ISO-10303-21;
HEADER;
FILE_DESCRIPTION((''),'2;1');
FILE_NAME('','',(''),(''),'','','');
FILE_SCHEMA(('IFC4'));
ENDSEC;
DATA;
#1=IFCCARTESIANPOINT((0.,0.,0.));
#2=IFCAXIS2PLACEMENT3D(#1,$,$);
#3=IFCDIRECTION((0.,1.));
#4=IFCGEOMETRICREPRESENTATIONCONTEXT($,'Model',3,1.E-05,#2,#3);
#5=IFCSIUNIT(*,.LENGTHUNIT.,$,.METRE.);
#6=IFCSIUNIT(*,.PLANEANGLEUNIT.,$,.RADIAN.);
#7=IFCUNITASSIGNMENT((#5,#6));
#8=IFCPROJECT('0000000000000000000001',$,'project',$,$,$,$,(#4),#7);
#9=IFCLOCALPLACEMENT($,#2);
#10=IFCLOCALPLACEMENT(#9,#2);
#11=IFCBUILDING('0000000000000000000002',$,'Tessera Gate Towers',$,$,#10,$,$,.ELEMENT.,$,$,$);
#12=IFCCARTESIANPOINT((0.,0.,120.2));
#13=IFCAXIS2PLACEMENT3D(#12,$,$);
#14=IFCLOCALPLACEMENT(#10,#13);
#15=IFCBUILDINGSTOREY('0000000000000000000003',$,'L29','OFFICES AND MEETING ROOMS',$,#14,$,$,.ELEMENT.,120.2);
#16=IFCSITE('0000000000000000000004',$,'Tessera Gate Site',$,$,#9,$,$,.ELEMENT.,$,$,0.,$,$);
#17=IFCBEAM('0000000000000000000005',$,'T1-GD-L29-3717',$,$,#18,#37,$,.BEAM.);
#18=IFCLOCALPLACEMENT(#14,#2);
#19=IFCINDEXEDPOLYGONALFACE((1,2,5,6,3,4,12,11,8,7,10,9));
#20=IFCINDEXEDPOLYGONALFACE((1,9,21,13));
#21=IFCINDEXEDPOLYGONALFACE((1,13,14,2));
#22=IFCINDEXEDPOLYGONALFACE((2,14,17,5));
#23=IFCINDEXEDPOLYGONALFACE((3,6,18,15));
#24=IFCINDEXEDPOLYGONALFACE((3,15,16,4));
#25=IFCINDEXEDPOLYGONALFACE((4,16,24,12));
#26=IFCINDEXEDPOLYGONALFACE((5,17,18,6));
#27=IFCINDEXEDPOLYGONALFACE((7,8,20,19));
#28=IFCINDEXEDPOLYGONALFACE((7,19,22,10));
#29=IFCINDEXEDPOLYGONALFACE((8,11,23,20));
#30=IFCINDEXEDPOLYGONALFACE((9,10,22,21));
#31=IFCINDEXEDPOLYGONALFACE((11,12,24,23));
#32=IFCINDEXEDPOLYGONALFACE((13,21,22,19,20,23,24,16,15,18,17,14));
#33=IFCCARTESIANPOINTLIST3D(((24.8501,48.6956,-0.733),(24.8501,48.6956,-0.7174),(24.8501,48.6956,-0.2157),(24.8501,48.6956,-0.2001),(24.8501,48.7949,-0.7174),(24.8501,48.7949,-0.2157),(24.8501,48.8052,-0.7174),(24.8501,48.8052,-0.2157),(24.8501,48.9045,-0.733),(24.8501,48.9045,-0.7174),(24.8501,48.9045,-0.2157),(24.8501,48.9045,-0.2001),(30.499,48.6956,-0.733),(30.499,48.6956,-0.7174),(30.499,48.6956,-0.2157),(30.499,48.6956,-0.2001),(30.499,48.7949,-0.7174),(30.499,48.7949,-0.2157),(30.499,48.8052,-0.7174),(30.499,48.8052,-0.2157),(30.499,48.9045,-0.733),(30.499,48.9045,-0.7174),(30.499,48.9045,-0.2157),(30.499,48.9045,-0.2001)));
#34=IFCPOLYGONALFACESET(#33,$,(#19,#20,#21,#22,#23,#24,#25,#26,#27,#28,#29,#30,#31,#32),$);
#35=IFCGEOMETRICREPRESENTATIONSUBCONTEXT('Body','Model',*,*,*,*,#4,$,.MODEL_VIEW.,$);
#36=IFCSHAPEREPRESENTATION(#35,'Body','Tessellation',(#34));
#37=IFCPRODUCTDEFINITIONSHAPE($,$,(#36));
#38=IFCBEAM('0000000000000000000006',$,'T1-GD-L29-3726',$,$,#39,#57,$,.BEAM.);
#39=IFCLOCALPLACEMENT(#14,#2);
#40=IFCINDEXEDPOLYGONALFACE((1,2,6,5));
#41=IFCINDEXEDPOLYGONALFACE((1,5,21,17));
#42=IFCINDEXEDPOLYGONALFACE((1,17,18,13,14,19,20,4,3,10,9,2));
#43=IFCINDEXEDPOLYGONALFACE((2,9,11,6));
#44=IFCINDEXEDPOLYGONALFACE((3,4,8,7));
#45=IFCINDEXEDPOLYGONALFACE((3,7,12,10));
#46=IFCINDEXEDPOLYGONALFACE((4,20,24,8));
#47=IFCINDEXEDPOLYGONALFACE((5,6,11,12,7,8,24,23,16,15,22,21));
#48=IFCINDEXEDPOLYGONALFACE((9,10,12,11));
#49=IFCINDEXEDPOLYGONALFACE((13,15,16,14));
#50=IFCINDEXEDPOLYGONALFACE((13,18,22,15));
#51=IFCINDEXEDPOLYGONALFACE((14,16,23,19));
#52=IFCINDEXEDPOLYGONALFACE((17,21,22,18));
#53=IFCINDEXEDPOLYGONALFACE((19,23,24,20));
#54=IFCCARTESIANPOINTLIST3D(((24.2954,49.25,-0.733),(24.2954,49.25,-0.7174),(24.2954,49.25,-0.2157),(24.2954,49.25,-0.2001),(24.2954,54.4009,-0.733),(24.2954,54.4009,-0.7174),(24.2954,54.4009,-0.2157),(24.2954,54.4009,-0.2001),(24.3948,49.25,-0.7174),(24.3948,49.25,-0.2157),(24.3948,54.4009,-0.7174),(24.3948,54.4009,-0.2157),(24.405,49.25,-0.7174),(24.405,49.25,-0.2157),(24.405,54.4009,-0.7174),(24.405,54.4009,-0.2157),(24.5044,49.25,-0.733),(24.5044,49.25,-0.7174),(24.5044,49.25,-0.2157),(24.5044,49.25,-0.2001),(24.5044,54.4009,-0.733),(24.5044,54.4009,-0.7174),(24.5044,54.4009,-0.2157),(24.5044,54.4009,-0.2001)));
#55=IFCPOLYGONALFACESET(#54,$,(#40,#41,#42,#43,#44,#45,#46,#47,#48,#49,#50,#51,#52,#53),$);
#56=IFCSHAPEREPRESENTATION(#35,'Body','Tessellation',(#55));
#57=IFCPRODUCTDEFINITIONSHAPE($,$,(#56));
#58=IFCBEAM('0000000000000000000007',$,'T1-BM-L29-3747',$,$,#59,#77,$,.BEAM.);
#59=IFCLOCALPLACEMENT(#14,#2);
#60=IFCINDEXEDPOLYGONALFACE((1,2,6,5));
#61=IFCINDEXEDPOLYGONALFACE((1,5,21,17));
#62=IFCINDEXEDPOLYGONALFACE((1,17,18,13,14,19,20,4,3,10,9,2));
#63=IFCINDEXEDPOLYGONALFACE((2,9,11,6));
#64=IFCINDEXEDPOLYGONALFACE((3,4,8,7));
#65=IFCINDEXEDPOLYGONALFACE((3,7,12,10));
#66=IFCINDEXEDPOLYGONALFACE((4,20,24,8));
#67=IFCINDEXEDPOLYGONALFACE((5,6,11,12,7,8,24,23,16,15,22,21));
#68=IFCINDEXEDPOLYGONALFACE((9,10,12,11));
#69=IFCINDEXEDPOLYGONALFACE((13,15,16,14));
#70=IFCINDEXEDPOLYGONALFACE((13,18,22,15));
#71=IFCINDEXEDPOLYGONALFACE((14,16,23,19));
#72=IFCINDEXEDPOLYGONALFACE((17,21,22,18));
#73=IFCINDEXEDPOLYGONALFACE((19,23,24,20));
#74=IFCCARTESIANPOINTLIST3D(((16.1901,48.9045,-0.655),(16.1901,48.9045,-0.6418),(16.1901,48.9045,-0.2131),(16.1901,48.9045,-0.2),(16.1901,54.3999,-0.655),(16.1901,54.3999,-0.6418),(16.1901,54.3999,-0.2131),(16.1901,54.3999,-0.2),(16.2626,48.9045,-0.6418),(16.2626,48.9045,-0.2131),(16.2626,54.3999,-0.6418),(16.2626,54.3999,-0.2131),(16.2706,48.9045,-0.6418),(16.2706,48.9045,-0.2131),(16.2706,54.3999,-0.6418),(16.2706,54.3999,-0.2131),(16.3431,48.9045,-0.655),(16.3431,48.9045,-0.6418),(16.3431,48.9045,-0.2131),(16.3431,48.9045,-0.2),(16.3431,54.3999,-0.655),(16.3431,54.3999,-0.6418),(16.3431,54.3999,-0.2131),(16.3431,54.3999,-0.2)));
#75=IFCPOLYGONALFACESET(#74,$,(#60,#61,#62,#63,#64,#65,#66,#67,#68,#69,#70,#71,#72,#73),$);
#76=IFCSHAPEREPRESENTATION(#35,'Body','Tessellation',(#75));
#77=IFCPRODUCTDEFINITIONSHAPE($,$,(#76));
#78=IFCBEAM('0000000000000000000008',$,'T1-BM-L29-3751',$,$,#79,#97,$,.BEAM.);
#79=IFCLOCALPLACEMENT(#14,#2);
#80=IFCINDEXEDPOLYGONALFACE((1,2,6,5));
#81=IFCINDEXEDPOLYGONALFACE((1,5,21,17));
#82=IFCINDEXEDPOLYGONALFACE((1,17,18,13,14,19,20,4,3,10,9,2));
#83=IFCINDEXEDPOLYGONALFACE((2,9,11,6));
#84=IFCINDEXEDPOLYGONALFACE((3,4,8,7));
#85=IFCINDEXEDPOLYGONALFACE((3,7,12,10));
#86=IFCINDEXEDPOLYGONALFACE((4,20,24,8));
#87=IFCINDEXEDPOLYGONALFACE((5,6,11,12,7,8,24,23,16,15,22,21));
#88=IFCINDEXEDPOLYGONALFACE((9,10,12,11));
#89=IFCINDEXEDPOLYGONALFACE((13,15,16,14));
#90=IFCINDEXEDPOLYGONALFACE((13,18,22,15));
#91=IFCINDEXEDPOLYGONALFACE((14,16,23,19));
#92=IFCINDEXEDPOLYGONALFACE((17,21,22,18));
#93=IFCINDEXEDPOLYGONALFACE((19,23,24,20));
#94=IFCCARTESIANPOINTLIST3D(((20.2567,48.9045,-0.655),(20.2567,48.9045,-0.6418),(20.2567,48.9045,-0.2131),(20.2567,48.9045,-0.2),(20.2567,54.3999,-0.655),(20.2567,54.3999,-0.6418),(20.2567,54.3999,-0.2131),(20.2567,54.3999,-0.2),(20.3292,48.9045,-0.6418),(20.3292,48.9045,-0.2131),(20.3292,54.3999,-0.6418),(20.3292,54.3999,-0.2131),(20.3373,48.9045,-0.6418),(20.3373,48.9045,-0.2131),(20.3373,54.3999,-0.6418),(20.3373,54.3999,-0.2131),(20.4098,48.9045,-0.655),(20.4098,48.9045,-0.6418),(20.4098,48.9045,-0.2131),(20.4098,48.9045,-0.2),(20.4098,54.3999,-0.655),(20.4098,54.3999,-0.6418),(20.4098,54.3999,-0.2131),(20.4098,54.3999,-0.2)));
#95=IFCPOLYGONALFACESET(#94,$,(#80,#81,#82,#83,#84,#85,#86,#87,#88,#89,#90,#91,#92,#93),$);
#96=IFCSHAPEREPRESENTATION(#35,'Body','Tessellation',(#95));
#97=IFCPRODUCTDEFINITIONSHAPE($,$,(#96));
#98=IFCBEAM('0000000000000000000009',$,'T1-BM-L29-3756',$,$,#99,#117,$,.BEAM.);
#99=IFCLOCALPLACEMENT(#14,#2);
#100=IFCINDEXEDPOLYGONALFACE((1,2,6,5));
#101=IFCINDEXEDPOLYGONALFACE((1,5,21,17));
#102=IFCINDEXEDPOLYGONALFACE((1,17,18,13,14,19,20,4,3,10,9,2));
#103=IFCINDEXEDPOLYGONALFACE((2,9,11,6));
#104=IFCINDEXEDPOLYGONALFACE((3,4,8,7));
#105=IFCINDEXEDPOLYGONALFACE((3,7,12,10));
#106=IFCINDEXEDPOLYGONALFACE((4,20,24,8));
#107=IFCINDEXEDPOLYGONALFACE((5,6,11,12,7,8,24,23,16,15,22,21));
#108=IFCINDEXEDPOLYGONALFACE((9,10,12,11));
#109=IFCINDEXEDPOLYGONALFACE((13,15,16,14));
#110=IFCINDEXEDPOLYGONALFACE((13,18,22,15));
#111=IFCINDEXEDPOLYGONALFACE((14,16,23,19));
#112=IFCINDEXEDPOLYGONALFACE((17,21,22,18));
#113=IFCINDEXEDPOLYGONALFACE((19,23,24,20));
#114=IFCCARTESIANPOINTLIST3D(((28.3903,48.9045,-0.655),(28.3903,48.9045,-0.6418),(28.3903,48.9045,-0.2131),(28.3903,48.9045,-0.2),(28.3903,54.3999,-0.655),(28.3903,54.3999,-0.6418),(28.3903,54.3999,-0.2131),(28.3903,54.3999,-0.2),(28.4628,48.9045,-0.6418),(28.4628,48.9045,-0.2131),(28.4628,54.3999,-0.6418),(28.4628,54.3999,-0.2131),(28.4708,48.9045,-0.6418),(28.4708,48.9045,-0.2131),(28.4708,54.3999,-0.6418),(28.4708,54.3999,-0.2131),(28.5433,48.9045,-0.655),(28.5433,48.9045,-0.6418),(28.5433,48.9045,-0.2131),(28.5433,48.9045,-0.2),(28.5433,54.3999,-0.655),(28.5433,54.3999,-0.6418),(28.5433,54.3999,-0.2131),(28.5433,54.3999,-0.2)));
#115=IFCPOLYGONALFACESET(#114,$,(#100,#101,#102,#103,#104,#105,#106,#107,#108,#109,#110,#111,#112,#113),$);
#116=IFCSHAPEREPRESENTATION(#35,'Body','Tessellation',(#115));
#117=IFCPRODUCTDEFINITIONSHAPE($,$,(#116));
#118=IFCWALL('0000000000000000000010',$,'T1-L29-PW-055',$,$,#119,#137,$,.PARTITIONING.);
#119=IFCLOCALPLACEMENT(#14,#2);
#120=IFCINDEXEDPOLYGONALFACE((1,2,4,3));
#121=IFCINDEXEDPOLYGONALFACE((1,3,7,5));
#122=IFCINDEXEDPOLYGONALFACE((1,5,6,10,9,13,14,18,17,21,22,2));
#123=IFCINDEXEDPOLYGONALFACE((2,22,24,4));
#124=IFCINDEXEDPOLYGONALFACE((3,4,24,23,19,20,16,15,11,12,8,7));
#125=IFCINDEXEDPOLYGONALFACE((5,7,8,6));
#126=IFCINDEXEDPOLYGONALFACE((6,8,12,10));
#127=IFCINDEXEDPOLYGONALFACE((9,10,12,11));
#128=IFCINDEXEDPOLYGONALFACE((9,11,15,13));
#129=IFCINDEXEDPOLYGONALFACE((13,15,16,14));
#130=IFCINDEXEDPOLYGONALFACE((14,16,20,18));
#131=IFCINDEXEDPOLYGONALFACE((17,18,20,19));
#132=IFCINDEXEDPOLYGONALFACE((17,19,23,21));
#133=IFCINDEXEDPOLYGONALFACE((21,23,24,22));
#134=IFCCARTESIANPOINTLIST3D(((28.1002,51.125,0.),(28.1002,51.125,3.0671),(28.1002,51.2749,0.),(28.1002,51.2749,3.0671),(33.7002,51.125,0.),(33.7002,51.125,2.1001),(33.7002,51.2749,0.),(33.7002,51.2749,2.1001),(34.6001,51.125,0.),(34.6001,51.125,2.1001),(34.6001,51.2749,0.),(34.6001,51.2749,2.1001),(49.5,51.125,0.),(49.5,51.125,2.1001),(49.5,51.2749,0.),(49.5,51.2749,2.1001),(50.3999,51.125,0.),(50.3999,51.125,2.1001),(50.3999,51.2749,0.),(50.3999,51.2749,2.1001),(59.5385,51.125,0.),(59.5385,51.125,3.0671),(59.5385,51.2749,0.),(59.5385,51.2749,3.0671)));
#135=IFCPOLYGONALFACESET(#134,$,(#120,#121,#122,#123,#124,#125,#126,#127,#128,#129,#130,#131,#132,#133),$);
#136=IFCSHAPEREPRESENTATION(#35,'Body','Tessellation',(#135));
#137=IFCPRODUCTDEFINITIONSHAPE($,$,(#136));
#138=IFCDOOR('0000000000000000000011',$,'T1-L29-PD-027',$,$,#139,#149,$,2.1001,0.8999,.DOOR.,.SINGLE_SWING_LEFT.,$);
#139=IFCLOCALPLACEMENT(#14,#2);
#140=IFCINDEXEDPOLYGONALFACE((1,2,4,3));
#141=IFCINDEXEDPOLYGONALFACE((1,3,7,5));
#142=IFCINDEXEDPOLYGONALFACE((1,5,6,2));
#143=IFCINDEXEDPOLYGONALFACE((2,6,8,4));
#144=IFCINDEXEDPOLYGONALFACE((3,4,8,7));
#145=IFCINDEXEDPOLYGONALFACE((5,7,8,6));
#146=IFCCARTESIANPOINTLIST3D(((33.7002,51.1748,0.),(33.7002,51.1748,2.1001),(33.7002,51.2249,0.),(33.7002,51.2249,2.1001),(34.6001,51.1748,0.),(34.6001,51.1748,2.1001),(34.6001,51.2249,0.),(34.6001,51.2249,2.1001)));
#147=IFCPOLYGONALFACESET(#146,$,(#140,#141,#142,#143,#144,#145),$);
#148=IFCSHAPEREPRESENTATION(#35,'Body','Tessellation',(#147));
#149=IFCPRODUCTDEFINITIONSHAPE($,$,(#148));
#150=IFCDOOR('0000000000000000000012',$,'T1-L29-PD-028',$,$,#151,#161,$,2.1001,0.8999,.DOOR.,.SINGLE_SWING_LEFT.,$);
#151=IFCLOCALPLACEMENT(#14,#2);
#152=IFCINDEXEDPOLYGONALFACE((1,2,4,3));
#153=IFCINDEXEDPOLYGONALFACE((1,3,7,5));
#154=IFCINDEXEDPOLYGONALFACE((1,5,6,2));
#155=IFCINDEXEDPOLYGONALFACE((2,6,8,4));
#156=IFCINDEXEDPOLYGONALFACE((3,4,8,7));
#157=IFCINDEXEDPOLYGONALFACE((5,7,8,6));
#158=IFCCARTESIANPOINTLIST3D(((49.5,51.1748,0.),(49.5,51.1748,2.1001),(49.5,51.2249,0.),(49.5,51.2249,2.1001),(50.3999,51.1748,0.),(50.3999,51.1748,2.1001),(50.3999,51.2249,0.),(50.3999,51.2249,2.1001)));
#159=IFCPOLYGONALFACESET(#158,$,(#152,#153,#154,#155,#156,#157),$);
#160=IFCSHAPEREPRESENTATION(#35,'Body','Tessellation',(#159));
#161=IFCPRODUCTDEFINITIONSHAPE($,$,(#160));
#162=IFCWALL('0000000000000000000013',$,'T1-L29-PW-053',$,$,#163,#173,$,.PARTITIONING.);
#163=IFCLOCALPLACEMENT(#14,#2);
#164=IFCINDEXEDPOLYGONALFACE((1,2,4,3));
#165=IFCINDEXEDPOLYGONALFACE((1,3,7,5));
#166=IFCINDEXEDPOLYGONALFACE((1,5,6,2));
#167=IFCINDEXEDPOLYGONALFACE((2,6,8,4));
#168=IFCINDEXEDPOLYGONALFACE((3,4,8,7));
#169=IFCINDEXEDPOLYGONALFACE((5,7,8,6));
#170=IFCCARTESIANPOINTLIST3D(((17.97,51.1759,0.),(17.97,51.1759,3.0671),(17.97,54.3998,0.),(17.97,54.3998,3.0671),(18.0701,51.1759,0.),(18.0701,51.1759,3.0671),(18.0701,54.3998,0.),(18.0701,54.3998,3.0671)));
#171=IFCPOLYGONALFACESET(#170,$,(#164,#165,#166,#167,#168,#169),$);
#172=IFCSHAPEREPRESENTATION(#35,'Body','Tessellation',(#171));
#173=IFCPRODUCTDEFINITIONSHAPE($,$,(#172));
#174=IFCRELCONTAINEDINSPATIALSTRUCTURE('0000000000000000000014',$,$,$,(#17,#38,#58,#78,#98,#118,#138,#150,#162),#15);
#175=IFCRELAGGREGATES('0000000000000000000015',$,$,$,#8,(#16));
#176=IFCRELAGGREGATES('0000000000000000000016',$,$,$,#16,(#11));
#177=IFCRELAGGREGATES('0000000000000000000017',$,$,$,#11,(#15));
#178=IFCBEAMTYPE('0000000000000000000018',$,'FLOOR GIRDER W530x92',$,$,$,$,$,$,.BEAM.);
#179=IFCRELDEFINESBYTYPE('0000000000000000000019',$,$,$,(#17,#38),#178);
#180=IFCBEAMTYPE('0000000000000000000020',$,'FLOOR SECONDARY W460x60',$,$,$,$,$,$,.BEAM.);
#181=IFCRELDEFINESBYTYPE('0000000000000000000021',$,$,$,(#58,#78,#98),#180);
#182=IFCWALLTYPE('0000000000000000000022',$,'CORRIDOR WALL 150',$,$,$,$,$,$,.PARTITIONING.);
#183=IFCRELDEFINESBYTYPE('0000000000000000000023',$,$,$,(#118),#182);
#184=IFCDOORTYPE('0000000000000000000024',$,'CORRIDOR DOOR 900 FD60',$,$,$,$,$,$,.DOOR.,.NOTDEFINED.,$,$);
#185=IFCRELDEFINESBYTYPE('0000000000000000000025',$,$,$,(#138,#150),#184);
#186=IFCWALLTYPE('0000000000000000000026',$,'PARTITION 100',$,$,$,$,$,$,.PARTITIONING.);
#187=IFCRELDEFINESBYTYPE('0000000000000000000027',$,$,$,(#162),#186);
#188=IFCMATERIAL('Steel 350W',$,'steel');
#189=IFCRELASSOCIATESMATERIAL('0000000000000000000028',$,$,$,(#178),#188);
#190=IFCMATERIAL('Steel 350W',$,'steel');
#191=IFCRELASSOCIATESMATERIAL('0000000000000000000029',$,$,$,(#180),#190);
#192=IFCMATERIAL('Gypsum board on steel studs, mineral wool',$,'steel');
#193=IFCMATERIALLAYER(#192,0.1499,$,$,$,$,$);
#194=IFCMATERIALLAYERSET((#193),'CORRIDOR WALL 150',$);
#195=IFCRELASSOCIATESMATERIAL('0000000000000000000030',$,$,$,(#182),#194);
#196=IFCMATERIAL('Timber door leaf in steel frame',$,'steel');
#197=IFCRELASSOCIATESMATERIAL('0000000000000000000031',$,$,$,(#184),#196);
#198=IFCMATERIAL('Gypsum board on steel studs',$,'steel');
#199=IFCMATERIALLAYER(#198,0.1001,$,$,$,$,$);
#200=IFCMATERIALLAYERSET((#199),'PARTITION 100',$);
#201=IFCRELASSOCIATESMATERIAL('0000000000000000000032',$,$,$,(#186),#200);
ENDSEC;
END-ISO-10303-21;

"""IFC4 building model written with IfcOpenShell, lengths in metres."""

from ifc_helpers import new_model, si_unit, direction, frame, frame_2d, origin, origin_2d, place, context, subcontext, project, spatial, rectangle, i_section, extrude, source, transform, mapped, material, layer, layer_set, material_profile, profile_set, type_object, element, fill, save


model = new_model("IFC4")

# Units and contexts
model_context = context("Model", 3, precision=1e-05, world=origin(), true_north=direction((0.0, 1.0)))
body_context = subcontext(model_context, "Body", "Model", "MODEL_VIEW")
ifc_project = project(units=[si_unit("LENGTHUNIT", "METRE"), si_unit("PLANEANGLEUNIT", "RADIAN")], contexts=[model_context])

# Site, building, storey
site_placement = place(None, origin())
site = spatial("IfcSite", under=ifc_project, at=site_placement, Name="Tessera Gate Site", CompositionType="ELEMENT", RefElevation=0.0)
building_placement = place(site_placement, origin())
building = spatial("IfcBuilding", under=site, at=building_placement, Name="Tessera Gate Towers", CompositionType="ELEMENT")
storey_placement = place(building_placement, frame((0.0, 0.0, 120.2)))
storey = spatial("IfcBuildingStorey", under=building, at=storey_placement, Name="L29", Description="OFFICES AND MEETING ROOMS", CompositionType="ELEMENT", Elevation=120.2)

# Beams
ifc_material_1 = material(Name="Steel 350W", Category="steel")
ifc_material_profile_1 = material_profile(ifc_material_1, i_section(OverallWidth=0.209, OverallDepth=0.533, WebThickness=0.0103, FlangeThickness=0.0156, at=origin_2d()), Name="W530x92")
ifc_profile_set_1 = profile_set([ifc_material_profile_1], Name="Steel 350W")
beam_type_1 = type_object("IfcBeamType", Name="FLOOR GIRDER W530x92", PredefinedType="BEAM", material=ifc_profile_set_1)
beam_1_placement = place(storey_placement, frame((24.8501, 48.8, -0.4666), z_axis=(1.0, 0.0, 0.0), x_axis=(0.0, 1.0, 0.0)))
element("IfcBeam", 1, at=beam_1_placement, inside=storey, type_object=beam_type_1, Name="T1-GD-L29-3717", PredefinedType="BEAM", context=body_context, shape_type="SweptSolid", body=[
    extrude(i_section(OverallWidth=0.209, OverallDepth=0.533, WebThickness=0.0103, FlangeThickness=0.0156, at=origin_2d()), origin(), (0.0, 0.0, 1.0), 5.6489),
])
beam_2_placement = place(storey_placement, frame((24.3999, 49.25, -0.4666), z_axis=(0.0, 1.0, 0.0), x_axis=(-1.0, 0.0, 0.0)))
element("IfcBeam", 2, at=beam_2_placement, inside=storey, type_object=beam_type_1, Name="T1-GD-L29-3726", PredefinedType="BEAM", context=body_context, shape_type="SweptSolid", body=[
    extrude(i_section(OverallWidth=0.209, OverallDepth=0.533, WebThickness=0.0103, FlangeThickness=0.0156, at=origin_2d()), origin(), (0.0, 0.0, 1.0), 5.1509),
])
ifc_material_2 = material(Name="Steel 350W", Category="steel")
ifc_material_profile_2 = material_profile(ifc_material_2, i_section(OverallWidth=0.1531, OverallDepth=0.4551, WebThickness=0.0081, FlangeThickness=0.0132, at=origin_2d()), Name="W460x60")
ifc_profile_set_2 = profile_set([ifc_material_profile_2], Name="Steel 350W")
beam_type_2 = type_object("IfcBeamType", Name="FLOOR SECONDARY W460x60", PredefinedType="BEAM", material=ifc_profile_set_2)
for number, where, z_axis, x_axis, name in (
    (3, (16.2666, 48.9045, -0.4275), (0.0, 1.0, 0.0), (-1.0, 0.0, 0.0), "T1-BM-L29-3747"),
    (4, (20.3333, 48.9045, -0.4275), (0.0, 1.0, 0.0), (-1.0, 0.0, 0.0), "T1-BM-L29-3751"),
    (5, (28.4668, 48.9045, -0.4275), (0.0, 1.0, 0.0), (-1.0, 0.0, 0.0), "T1-BM-L29-3756"),
):
    element("IfcBeam", number, at=place(storey_placement, frame(where, z_axis=z_axis, x_axis=x_axis)), inside=storey, type_object=beam_type_2, Name=name, PredefinedType="BEAM", context=body_context, shape_type="SweptSolid", body=[
        extrude(i_section(OverallWidth=0.1531, OverallDepth=0.4551, WebThickness=0.0081, FlangeThickness=0.0132, at=origin_2d()), origin(), (0.0, 0.0, 1.0), 5.4954),
    ])

# Wall, openings, doors
ifc_material_3 = material(Name="Gypsum board on steel studs, mineral wool", Category="steel")
ifc_layer_1 = layer(ifc_material_3, 0.1499)
ifc_layer_set_1 = layer_set([ifc_layer_1], Name="CORRIDOR WALL 150")
wall_type_1 = type_object("IfcWallType", Name="CORRIDOR WALL 150", PredefinedType="PARTITIONING", material=ifc_layer_set_1)
wall_1_placement = place(storey_placement, frame((28.1001, 51.2, 0.0), z_axis=(0.0, 0.0, 1.0), x_axis=(1.0, 0.0, 0.0)))
wall_1 = element("IfcWall", 6, at=wall_1_placement, inside=storey, type_object=wall_type_1, Name="T1-L29-PW-055", PredefinedType="PARTITIONING", context=body_context, shape_type="SweptSolid", body=[
    extrude(rectangle(XDim=31.4382, YDim=0.1499, at=frame_2d((15.7192, 0.0))), origin(), (0.0, 0.0, 1.0), 3.0671),
])
shared_shape_1 = source(origin(), body_context, "Body", "SweptSolid", [
    extrude(rectangle(XDim=0.8999, YDim=2.1001, at=frame_2d((0.45, 1.05))), frame((0.0, 0.085, 0.0), z_axis=(0.0, -1.0, 0.0), x_axis=(1.0, 0.0, 0.0)), (0.0, 0.0, 1.0), 0.1699),
])
opening_1_placement = place(wall_1_placement, frame((5.6001, 0.0, 0.0)))
opening_1 = element("IfcOpeningElement", 7, at=opening_1_placement, cuts=wall_1, PredefinedType="OPENING", context=body_context, shape_type="MappedRepresentation", body=[
    mapped(shared_shape_1, transform((0.0, 0.0, 0.0), scale=1.0)),
])
opening_2_placement = place(wall_1_placement, frame((21.3999, 0.0, 0.0)))
opening_2 = element("IfcOpeningElement", 8, at=opening_2_placement, cuts=wall_1, PredefinedType="OPENING", context=body_context, shape_type="MappedRepresentation", body=[
    mapped(shared_shape_1, transform((0.0, 0.0, 0.0), scale=1.0)),
])
ifc_material_4 = material(Name="Timber door leaf in steel frame", Category="steel")
door_type_1 = type_object("IfcDoorType", Name="CORRIDOR DOOR 900 FD60", OperationType="NOTDEFINED", PredefinedType="DOOR", material=ifc_material_4)
shared_shape_2 = source(origin(), body_context, "Body", "SweptSolid", [
    extrude(rectangle(XDim=0.8999, YDim=2.1001, at=frame_2d((0.45, 1.05))), frame((0.0, 0.0249, 0.0), z_axis=(0.0, -1.0, 0.0), x_axis=(1.0, 0.0, 0.0)), (0.0, 0.0, 1.0), 0.05),
])
door_1_placement = place(opening_1_placement, origin())
door_1 = element("IfcDoor", 9, at=door_1_placement, inside=storey, type_object=door_type_1, Name="T1-L29-PD-027", OperationType="SINGLE_SWING_LEFT", OverallHeight=2.1001, OverallWidth=0.8999, PredefinedType="DOOR", context=body_context, shape_type="MappedRepresentation", body=[
    mapped(shared_shape_2, transform((0.0, 0.0, 0.0), scale=1.0)),
])
fill(opening_1, door_1)
door_2_placement = place(opening_2_placement, origin())
door_2 = element("IfcDoor", 10, at=door_2_placement, inside=storey, type_object=door_type_1, Name="T1-L29-PD-028", OperationType="SINGLE_SWING_LEFT", OverallHeight=2.1001, OverallWidth=0.8999, PredefinedType="DOOR", context=body_context, shape_type="MappedRepresentation", body=[
    mapped(shared_shape_2, transform((0.0, 0.0, 0.0), scale=1.0)),
])
fill(opening_2, door_2)

# Wall
ifc_material_5 = material(Name="Gypsum board on steel studs", Category="steel")
ifc_layer_2 = layer(ifc_material_5, 0.1001)
ifc_layer_set_2 = layer_set([ifc_layer_2], Name="PARTITION 100")
wall_type_2 = type_object("IfcWallType", Name="PARTITION 100", PredefinedType="PARTITIONING", material=ifc_layer_set_2)
wall_2_placement = place(storey_placement, frame((18.02, 51.176, 0.0), z_axis=(0.0, 0.0, 1.0), x_axis=(0.0, 1.0, 0.0)))
element("IfcWall", 11, at=wall_2_placement, inside=storey, type_object=wall_type_2, Name="T1-L29-PW-053", PredefinedType="PARTITIONING", context=body_context, shape_type="SweptSolid", body=[
    extrude(rectangle(XDim=3.2239, YDim=0.1001, at=frame_2d((1.6118, 0.0))), origin(), (0.0, 0.0, 1.0), 3.0671),
])

save(model, "model.ifc")
